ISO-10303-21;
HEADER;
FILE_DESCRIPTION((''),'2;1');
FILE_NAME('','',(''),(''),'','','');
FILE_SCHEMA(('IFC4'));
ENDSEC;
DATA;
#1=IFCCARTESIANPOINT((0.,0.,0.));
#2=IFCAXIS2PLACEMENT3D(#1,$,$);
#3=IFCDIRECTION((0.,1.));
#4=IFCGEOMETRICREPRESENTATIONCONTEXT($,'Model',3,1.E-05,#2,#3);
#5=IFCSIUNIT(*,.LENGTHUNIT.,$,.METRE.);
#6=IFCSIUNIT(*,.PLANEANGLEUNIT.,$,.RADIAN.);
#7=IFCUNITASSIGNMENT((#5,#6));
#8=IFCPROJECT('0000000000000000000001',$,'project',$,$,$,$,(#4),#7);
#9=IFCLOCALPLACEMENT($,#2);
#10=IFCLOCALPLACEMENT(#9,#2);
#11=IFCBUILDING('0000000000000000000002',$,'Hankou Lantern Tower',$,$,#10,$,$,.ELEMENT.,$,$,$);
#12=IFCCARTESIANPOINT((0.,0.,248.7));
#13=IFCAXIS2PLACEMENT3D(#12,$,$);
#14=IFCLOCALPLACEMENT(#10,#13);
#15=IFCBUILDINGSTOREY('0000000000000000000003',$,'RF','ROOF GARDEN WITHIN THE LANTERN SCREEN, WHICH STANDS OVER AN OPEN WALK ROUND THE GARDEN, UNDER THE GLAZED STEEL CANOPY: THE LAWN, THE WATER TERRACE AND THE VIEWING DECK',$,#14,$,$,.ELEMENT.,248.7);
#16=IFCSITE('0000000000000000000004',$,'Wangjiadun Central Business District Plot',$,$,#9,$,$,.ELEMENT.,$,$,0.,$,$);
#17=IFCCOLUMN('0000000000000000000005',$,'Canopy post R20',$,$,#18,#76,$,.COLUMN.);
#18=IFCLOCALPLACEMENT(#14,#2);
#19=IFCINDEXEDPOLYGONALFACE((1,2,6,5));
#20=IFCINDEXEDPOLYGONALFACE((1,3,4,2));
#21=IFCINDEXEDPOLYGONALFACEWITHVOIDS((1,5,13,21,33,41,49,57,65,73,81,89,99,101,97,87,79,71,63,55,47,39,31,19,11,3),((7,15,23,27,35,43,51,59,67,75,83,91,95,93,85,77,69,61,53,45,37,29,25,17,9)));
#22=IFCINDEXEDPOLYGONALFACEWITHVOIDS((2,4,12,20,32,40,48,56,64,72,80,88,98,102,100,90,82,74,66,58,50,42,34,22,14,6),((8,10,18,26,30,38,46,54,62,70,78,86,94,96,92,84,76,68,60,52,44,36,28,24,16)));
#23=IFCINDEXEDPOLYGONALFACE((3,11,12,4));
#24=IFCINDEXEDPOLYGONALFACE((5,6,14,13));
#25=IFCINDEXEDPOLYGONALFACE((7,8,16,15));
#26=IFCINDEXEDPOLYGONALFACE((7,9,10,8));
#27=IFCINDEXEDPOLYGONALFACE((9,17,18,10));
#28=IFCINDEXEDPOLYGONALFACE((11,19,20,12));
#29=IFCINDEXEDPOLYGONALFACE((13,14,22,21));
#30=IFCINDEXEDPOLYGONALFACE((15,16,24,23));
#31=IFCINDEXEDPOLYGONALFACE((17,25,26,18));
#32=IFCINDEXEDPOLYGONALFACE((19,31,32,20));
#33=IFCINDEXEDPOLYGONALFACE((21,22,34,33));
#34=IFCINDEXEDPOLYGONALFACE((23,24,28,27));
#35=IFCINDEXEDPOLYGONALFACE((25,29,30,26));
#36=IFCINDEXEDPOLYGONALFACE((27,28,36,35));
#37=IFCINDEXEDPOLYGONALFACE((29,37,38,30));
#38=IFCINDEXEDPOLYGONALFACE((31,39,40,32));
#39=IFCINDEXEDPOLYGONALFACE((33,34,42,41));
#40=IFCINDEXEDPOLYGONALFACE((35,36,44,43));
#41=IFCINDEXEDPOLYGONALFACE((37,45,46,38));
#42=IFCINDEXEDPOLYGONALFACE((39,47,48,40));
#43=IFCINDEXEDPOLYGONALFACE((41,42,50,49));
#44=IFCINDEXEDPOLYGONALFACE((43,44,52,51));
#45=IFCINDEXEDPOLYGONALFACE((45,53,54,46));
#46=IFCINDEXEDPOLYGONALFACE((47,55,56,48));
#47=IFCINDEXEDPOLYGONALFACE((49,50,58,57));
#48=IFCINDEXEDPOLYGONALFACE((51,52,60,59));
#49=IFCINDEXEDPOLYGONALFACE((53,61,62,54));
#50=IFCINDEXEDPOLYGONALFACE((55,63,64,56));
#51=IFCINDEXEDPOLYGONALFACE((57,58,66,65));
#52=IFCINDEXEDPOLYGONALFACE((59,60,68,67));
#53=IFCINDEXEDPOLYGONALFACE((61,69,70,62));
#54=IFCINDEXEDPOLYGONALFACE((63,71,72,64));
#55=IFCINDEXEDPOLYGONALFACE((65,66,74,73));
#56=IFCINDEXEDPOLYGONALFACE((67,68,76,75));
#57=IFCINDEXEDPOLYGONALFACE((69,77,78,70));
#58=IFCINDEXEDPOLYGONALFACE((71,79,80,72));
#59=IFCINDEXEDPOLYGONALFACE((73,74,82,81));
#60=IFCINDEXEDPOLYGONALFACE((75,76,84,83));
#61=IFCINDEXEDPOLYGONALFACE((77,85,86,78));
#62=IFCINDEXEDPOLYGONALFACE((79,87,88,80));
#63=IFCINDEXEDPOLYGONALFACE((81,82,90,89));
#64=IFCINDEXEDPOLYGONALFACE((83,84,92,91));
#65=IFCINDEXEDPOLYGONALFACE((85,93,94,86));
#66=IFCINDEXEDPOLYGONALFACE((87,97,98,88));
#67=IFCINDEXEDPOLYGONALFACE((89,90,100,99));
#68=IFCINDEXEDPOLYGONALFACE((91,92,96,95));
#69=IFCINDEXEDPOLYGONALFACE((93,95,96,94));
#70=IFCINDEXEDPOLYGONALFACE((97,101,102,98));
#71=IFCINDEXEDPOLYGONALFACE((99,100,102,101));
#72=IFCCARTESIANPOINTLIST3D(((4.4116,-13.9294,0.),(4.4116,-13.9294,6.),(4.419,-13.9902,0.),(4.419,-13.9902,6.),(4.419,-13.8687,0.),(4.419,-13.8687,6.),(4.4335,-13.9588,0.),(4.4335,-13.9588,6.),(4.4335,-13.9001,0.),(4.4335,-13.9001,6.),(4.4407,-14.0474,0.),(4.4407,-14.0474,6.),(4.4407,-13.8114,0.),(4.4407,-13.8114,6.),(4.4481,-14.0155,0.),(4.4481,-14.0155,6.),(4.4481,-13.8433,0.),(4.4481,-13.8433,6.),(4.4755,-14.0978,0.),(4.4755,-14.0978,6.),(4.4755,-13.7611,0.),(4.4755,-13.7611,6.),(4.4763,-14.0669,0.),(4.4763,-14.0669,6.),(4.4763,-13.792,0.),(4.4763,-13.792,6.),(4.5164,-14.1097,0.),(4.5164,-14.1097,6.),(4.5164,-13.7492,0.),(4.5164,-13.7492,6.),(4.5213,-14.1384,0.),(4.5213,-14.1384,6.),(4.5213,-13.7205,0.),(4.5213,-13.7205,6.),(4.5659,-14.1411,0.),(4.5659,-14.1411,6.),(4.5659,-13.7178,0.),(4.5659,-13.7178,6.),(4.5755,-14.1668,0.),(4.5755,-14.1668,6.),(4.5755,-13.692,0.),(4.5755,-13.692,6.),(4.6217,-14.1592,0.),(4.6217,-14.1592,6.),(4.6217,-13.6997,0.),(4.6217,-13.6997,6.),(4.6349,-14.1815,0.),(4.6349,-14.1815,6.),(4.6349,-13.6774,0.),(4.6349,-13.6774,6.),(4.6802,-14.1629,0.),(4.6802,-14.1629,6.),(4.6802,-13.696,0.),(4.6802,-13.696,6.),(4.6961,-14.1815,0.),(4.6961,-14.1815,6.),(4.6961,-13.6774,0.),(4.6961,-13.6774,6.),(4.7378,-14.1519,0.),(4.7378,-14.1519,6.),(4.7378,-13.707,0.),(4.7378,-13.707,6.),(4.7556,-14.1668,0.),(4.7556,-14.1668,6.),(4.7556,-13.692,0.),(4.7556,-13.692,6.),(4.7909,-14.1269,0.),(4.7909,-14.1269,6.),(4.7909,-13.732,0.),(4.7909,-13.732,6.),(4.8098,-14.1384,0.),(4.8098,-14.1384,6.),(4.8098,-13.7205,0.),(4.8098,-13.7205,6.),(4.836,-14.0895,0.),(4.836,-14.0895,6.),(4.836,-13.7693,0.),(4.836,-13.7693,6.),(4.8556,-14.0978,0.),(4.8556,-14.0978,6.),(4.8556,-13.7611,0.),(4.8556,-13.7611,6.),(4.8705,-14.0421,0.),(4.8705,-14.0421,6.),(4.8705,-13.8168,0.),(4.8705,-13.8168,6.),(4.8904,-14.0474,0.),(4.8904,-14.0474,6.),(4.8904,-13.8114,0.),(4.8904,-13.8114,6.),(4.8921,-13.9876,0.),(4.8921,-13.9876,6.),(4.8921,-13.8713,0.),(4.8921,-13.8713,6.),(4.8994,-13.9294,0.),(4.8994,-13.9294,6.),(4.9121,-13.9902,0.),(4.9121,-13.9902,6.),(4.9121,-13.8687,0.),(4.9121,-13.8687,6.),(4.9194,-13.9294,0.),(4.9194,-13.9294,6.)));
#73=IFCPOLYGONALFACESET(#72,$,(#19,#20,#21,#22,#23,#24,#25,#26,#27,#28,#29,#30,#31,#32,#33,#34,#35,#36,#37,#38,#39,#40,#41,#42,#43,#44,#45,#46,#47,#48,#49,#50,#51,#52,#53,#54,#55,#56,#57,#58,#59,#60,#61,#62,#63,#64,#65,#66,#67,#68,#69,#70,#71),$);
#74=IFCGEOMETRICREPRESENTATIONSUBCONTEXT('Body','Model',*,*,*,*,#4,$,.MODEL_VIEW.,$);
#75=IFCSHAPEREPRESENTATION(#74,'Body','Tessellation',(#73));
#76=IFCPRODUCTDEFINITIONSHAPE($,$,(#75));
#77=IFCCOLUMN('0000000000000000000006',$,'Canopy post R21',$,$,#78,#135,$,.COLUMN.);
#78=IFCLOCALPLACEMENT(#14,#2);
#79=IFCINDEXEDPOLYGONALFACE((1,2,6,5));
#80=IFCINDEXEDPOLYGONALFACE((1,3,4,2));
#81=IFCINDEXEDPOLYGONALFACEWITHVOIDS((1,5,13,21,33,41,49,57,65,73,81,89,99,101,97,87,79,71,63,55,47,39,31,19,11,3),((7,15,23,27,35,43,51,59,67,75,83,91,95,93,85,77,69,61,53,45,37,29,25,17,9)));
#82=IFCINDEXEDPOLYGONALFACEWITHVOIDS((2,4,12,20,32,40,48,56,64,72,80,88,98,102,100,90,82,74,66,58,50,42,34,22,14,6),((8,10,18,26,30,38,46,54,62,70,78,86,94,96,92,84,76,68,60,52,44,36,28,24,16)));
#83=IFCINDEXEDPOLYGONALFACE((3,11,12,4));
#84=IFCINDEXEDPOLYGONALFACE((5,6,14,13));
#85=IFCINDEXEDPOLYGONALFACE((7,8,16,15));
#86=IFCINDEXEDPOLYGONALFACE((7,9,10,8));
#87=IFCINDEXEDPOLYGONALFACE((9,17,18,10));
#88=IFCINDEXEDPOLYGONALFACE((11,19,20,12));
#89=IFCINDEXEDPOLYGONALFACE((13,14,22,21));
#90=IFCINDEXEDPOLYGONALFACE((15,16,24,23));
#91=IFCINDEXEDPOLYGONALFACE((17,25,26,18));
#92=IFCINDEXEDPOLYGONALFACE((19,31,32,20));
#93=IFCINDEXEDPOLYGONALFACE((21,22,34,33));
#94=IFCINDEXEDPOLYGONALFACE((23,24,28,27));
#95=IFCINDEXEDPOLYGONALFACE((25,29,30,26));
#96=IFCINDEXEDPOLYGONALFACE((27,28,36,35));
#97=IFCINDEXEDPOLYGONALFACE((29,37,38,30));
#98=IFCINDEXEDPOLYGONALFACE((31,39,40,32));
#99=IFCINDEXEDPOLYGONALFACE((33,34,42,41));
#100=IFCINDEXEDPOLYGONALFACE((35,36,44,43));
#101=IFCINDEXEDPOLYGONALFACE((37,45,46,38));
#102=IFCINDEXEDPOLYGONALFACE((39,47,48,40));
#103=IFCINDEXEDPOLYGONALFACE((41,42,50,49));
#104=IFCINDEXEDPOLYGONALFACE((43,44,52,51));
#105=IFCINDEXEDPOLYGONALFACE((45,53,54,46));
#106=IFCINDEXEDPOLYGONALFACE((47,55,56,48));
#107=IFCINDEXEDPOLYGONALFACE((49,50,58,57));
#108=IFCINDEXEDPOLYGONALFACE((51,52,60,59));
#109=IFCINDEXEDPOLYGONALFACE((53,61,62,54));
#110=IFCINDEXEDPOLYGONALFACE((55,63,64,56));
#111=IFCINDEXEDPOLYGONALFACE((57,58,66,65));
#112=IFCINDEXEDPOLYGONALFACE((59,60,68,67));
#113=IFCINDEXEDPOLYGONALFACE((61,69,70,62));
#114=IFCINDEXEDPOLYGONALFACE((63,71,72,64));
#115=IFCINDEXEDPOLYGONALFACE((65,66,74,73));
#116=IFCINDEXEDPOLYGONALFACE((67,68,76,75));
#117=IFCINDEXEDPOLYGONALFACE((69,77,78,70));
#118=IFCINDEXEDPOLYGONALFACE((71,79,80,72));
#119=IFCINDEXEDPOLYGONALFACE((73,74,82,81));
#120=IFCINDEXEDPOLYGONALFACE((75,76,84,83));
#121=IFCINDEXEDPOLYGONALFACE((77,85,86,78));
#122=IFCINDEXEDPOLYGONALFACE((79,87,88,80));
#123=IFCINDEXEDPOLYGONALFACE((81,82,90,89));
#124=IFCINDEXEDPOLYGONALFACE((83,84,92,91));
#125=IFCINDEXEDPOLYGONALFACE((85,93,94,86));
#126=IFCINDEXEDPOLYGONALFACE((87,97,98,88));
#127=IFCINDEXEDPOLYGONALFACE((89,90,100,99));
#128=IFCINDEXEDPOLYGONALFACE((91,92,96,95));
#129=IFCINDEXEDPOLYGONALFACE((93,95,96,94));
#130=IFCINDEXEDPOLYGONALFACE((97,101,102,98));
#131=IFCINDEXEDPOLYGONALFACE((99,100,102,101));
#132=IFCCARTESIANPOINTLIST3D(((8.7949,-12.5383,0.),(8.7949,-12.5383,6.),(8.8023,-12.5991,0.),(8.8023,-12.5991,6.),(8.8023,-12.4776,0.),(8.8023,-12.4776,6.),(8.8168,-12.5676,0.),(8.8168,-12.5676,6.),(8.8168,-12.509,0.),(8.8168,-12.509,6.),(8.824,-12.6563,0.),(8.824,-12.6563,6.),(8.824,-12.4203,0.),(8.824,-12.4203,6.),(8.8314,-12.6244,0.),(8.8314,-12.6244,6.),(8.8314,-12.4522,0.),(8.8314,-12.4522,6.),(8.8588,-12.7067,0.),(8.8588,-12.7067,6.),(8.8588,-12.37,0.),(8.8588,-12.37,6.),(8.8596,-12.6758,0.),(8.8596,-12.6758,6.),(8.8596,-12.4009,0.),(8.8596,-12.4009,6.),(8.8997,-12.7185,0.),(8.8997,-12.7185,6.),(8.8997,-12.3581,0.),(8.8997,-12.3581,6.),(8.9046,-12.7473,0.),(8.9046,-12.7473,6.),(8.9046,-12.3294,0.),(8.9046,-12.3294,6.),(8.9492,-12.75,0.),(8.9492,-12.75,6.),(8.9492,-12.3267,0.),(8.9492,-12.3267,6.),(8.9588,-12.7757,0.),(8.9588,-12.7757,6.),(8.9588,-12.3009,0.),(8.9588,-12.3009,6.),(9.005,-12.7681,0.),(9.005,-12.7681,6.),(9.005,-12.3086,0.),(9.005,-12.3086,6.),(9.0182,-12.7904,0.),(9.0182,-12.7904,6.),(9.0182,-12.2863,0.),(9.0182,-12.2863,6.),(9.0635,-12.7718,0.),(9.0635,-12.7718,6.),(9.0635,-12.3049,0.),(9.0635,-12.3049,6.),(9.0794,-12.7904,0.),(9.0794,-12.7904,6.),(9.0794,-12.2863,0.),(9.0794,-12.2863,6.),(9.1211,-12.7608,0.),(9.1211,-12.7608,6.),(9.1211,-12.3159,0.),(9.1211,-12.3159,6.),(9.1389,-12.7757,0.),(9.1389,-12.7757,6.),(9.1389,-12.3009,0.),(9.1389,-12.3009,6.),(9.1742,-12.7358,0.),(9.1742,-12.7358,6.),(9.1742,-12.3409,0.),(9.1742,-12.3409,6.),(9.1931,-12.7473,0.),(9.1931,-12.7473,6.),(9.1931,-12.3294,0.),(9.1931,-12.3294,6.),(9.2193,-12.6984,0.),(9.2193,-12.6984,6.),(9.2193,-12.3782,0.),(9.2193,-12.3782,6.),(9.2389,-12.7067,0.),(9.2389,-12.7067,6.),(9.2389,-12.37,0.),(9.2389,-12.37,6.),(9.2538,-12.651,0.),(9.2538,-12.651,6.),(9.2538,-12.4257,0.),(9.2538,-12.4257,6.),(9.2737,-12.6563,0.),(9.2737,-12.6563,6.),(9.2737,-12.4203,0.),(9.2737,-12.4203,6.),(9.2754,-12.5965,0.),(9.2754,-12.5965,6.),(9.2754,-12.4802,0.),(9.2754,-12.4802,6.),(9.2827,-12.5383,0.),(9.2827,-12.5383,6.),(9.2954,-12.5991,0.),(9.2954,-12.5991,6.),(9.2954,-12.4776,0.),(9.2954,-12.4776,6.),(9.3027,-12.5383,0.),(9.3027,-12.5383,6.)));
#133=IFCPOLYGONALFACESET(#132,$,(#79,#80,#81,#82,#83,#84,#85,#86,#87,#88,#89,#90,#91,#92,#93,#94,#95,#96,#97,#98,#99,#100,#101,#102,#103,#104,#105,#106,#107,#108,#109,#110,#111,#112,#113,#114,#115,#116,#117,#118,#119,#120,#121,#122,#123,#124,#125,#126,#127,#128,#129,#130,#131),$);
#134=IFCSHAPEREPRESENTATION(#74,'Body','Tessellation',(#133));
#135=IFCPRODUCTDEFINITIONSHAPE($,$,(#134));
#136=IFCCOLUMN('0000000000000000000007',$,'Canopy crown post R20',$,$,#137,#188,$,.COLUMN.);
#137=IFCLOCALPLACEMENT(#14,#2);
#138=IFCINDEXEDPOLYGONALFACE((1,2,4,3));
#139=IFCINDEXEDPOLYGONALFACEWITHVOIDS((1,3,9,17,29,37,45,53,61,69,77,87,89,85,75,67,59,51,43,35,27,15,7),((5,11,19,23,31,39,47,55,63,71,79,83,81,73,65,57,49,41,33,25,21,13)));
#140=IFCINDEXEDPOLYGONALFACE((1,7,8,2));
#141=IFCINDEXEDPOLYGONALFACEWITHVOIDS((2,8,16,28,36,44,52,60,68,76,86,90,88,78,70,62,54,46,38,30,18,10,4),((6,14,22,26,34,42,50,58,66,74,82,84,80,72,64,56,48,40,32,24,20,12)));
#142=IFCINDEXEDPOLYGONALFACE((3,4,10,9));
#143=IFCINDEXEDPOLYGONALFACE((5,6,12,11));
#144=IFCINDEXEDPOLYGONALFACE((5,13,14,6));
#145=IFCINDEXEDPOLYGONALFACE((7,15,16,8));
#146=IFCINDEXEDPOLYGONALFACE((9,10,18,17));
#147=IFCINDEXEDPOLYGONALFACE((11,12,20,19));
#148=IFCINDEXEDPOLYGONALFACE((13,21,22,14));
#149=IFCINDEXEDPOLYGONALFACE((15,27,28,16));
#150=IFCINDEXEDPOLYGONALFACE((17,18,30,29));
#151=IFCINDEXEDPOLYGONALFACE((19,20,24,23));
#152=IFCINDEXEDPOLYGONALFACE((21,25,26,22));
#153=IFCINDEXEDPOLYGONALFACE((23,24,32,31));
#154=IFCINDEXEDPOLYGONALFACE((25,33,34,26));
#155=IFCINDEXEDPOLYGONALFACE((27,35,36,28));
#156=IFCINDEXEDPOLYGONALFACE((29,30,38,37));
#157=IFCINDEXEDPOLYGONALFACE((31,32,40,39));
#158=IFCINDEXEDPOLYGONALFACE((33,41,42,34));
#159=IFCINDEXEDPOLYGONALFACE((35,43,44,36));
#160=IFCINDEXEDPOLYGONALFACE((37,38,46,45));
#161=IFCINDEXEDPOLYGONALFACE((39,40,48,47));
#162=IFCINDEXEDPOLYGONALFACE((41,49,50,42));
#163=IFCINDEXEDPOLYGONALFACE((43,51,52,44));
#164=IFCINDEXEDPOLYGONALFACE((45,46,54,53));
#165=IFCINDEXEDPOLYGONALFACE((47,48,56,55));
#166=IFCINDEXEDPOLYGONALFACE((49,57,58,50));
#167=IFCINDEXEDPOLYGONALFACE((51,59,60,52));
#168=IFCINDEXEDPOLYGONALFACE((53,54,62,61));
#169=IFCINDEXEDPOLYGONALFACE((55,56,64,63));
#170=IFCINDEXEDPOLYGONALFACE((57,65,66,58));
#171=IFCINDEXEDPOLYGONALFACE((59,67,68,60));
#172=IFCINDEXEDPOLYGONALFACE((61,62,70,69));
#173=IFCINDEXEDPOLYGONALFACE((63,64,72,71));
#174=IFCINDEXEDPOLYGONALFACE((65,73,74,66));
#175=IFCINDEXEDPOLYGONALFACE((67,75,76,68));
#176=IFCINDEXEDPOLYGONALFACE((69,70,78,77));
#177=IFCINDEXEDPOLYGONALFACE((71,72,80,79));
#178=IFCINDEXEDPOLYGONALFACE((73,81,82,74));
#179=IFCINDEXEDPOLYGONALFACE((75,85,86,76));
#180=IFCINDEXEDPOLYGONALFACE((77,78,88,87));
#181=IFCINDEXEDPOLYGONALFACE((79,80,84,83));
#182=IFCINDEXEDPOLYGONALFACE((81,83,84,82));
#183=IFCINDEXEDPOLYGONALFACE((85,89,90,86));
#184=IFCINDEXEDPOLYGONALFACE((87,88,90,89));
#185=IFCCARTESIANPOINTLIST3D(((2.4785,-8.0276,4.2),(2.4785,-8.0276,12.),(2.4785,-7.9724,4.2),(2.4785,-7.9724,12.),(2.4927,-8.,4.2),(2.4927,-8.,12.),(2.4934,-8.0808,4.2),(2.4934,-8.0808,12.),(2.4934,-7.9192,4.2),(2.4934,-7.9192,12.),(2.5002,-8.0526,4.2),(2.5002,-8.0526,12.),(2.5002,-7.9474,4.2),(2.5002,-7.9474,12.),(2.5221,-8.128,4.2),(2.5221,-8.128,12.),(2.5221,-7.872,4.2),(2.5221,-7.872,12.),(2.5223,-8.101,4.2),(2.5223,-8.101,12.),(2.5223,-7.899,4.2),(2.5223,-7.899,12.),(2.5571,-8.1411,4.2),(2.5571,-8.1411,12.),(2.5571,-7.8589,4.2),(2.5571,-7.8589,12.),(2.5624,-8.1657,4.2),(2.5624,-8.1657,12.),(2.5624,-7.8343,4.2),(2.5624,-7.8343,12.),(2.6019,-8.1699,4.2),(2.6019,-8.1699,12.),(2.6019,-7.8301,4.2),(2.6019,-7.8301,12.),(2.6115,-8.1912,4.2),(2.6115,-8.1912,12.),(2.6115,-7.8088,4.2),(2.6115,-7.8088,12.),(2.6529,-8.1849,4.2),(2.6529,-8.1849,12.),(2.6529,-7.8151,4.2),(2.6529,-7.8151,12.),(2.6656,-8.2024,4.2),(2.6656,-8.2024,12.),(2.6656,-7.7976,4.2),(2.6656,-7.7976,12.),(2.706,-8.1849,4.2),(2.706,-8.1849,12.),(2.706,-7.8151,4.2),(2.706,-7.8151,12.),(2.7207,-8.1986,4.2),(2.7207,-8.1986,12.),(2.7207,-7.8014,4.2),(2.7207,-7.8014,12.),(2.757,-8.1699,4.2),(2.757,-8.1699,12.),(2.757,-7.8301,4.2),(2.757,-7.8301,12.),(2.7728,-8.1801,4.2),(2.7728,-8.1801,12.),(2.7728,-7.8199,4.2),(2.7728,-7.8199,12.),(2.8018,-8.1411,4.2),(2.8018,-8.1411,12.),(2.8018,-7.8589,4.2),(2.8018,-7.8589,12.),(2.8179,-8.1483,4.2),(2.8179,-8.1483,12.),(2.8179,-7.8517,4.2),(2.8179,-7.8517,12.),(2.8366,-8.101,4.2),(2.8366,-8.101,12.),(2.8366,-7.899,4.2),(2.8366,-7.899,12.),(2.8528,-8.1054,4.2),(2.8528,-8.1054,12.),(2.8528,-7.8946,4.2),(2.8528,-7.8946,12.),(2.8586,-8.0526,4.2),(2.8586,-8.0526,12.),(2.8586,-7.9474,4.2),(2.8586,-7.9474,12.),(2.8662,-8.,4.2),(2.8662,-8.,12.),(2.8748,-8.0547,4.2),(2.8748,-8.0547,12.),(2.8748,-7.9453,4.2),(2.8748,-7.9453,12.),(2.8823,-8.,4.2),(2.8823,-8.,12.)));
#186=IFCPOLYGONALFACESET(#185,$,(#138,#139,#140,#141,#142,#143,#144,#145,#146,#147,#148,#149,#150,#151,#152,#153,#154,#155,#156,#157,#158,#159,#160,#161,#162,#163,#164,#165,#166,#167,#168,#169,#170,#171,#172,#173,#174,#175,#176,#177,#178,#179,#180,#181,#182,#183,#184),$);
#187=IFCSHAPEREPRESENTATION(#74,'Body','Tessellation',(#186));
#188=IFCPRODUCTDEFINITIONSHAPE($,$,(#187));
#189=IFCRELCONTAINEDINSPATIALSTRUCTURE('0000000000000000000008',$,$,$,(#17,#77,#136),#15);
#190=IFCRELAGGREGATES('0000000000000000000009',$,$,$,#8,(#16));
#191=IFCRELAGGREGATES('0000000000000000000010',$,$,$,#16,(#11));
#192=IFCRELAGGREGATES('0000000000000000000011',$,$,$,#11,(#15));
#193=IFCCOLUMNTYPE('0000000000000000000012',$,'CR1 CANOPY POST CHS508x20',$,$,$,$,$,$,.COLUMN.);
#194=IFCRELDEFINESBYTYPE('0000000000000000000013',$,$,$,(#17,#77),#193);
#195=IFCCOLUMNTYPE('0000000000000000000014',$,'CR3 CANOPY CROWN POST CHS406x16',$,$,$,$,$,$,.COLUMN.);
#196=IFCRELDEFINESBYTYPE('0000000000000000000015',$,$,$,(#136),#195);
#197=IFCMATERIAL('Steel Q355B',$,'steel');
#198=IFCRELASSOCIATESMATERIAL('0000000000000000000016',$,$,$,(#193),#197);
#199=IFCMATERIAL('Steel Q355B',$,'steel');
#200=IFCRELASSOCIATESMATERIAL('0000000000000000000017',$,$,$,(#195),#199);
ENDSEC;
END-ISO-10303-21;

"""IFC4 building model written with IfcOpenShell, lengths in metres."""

from ifc_helpers import new_model, si_unit, direction, frame, origin, origin_2d, place, context, subcontext, project, spatial, hollow_circle, extrude, material, material_profile, profile_set, type_object, element, save


model = new_model("IFC4")

# Units and contexts
model_context = context("Model", 3, precision=1e-05, world=origin(), true_north=direction((0.0, 1.0)))
body_context = subcontext(model_context, "Body", "Model", "MODEL_VIEW")
ifc_project = project(units=[si_unit("LENGTHUNIT", "METRE"), si_unit("PLANEANGLEUNIT", "RADIAN")], contexts=[model_context])

# Site, building, storey
site_placement = place(None, origin())
site = spatial("IfcSite", under=ifc_project, at=site_placement, Name="Wangjiadun Central Business District Plot", CompositionType="ELEMENT", RefElevation=0.0)
building_placement = place(site_placement, origin())
building = spatial("IfcBuilding", under=site, at=building_placement, Name="Hankou Lantern Tower", CompositionType="ELEMENT")
storey_placement = place(building_placement, frame((0.0, 0.0, 248.7)))
storey = spatial("IfcBuildingStorey", under=building, at=storey_placement, Name="RF", Description="ROOF GARDEN WITHIN THE LANTERN SCREEN, WHICH STANDS OVER AN OPEN WALK ROUND THE GARDEN, UNDER THE GLAZED STEEL CANOPY: THE LAWN, THE WATER TERRACE AND THE VIEWING DECK", CompositionType="ELEMENT", Elevation=248.7)

# Columns
ifc_material_1 = material(Name="Steel Q355B", Category="steel")
ifc_material_profile_1 = material_profile(ifc_material_1, hollow_circle(Radius=0.2539, WallThickness=0.02, at=origin_2d()), Name="CHS508x20")
ifc_profile_set_1 = profile_set([ifc_material_profile_1], Name="Steel Q355B")
column_type_1 = type_object("IfcColumnType", Name="CR1 CANOPY POST CHS508x20", PredefinedType="COLUMN", material=ifc_profile_set_1)
for number, where, z_axis, x_axis, name in (
    (1, (4.6655, -13.9294, 0.0), (0.0, 0.0, 1.0), (1.0, 0.0, 0.0), "Canopy post R20"),
    (2, (9.0488, -12.5383, 0.0), (0.0, 0.0, 1.0), (1.0, 0.0, 0.0), "Canopy post R21"),
):
    element("IfcColumn", number, at=place(storey_placement, frame(where, z_axis=z_axis, x_axis=x_axis)), inside=storey, type_object=column_type_1, Name=name, PredefinedType="COLUMN", context=body_context, shape_type="SweptSolid", body=[
        extrude(hollow_circle(Radius=0.2539, WallThickness=0.02, at=origin_2d()), origin(), (0.0, 0.0, 1.0), 6.0),
    ])
ifc_material_2 = material(Name="Steel Q355B", Category="steel")
ifc_material_profile_2 = material_profile(ifc_material_2, hollow_circle(Radius=0.2029, WallThickness=0.0161, at=origin_2d()), Name="CHS406x16")
ifc_profile_set_2 = profile_set([ifc_material_profile_2], Name="Steel Q355B")
column_type_2 = type_object("IfcColumnType", Name="CR3 CANOPY CROWN POST CHS406x16", PredefinedType="COLUMN", material=ifc_profile_set_2)
for number, where, z_axis, x_axis, name in (
    (3, (2.6794, -8.0, 4.2), (0.0, 0.0, 1.0), (1.0, 0.0, 0.0), "Canopy crown post R20"),
):
    element("IfcColumn", number, at=place(storey_placement, frame(where, z_axis=z_axis, x_axis=x_axis)), inside=storey, type_object=column_type_2, Name=name, PredefinedType="COLUMN", context=body_context, shape_type="SweptSolid", body=[
        extrude(hollow_circle(Radius=0.2029, WallThickness=0.0161, at=origin_2d()), origin(), (0.0, 0.0, 1.0), 7.8),
    ])

save(model, "model.ifc")
